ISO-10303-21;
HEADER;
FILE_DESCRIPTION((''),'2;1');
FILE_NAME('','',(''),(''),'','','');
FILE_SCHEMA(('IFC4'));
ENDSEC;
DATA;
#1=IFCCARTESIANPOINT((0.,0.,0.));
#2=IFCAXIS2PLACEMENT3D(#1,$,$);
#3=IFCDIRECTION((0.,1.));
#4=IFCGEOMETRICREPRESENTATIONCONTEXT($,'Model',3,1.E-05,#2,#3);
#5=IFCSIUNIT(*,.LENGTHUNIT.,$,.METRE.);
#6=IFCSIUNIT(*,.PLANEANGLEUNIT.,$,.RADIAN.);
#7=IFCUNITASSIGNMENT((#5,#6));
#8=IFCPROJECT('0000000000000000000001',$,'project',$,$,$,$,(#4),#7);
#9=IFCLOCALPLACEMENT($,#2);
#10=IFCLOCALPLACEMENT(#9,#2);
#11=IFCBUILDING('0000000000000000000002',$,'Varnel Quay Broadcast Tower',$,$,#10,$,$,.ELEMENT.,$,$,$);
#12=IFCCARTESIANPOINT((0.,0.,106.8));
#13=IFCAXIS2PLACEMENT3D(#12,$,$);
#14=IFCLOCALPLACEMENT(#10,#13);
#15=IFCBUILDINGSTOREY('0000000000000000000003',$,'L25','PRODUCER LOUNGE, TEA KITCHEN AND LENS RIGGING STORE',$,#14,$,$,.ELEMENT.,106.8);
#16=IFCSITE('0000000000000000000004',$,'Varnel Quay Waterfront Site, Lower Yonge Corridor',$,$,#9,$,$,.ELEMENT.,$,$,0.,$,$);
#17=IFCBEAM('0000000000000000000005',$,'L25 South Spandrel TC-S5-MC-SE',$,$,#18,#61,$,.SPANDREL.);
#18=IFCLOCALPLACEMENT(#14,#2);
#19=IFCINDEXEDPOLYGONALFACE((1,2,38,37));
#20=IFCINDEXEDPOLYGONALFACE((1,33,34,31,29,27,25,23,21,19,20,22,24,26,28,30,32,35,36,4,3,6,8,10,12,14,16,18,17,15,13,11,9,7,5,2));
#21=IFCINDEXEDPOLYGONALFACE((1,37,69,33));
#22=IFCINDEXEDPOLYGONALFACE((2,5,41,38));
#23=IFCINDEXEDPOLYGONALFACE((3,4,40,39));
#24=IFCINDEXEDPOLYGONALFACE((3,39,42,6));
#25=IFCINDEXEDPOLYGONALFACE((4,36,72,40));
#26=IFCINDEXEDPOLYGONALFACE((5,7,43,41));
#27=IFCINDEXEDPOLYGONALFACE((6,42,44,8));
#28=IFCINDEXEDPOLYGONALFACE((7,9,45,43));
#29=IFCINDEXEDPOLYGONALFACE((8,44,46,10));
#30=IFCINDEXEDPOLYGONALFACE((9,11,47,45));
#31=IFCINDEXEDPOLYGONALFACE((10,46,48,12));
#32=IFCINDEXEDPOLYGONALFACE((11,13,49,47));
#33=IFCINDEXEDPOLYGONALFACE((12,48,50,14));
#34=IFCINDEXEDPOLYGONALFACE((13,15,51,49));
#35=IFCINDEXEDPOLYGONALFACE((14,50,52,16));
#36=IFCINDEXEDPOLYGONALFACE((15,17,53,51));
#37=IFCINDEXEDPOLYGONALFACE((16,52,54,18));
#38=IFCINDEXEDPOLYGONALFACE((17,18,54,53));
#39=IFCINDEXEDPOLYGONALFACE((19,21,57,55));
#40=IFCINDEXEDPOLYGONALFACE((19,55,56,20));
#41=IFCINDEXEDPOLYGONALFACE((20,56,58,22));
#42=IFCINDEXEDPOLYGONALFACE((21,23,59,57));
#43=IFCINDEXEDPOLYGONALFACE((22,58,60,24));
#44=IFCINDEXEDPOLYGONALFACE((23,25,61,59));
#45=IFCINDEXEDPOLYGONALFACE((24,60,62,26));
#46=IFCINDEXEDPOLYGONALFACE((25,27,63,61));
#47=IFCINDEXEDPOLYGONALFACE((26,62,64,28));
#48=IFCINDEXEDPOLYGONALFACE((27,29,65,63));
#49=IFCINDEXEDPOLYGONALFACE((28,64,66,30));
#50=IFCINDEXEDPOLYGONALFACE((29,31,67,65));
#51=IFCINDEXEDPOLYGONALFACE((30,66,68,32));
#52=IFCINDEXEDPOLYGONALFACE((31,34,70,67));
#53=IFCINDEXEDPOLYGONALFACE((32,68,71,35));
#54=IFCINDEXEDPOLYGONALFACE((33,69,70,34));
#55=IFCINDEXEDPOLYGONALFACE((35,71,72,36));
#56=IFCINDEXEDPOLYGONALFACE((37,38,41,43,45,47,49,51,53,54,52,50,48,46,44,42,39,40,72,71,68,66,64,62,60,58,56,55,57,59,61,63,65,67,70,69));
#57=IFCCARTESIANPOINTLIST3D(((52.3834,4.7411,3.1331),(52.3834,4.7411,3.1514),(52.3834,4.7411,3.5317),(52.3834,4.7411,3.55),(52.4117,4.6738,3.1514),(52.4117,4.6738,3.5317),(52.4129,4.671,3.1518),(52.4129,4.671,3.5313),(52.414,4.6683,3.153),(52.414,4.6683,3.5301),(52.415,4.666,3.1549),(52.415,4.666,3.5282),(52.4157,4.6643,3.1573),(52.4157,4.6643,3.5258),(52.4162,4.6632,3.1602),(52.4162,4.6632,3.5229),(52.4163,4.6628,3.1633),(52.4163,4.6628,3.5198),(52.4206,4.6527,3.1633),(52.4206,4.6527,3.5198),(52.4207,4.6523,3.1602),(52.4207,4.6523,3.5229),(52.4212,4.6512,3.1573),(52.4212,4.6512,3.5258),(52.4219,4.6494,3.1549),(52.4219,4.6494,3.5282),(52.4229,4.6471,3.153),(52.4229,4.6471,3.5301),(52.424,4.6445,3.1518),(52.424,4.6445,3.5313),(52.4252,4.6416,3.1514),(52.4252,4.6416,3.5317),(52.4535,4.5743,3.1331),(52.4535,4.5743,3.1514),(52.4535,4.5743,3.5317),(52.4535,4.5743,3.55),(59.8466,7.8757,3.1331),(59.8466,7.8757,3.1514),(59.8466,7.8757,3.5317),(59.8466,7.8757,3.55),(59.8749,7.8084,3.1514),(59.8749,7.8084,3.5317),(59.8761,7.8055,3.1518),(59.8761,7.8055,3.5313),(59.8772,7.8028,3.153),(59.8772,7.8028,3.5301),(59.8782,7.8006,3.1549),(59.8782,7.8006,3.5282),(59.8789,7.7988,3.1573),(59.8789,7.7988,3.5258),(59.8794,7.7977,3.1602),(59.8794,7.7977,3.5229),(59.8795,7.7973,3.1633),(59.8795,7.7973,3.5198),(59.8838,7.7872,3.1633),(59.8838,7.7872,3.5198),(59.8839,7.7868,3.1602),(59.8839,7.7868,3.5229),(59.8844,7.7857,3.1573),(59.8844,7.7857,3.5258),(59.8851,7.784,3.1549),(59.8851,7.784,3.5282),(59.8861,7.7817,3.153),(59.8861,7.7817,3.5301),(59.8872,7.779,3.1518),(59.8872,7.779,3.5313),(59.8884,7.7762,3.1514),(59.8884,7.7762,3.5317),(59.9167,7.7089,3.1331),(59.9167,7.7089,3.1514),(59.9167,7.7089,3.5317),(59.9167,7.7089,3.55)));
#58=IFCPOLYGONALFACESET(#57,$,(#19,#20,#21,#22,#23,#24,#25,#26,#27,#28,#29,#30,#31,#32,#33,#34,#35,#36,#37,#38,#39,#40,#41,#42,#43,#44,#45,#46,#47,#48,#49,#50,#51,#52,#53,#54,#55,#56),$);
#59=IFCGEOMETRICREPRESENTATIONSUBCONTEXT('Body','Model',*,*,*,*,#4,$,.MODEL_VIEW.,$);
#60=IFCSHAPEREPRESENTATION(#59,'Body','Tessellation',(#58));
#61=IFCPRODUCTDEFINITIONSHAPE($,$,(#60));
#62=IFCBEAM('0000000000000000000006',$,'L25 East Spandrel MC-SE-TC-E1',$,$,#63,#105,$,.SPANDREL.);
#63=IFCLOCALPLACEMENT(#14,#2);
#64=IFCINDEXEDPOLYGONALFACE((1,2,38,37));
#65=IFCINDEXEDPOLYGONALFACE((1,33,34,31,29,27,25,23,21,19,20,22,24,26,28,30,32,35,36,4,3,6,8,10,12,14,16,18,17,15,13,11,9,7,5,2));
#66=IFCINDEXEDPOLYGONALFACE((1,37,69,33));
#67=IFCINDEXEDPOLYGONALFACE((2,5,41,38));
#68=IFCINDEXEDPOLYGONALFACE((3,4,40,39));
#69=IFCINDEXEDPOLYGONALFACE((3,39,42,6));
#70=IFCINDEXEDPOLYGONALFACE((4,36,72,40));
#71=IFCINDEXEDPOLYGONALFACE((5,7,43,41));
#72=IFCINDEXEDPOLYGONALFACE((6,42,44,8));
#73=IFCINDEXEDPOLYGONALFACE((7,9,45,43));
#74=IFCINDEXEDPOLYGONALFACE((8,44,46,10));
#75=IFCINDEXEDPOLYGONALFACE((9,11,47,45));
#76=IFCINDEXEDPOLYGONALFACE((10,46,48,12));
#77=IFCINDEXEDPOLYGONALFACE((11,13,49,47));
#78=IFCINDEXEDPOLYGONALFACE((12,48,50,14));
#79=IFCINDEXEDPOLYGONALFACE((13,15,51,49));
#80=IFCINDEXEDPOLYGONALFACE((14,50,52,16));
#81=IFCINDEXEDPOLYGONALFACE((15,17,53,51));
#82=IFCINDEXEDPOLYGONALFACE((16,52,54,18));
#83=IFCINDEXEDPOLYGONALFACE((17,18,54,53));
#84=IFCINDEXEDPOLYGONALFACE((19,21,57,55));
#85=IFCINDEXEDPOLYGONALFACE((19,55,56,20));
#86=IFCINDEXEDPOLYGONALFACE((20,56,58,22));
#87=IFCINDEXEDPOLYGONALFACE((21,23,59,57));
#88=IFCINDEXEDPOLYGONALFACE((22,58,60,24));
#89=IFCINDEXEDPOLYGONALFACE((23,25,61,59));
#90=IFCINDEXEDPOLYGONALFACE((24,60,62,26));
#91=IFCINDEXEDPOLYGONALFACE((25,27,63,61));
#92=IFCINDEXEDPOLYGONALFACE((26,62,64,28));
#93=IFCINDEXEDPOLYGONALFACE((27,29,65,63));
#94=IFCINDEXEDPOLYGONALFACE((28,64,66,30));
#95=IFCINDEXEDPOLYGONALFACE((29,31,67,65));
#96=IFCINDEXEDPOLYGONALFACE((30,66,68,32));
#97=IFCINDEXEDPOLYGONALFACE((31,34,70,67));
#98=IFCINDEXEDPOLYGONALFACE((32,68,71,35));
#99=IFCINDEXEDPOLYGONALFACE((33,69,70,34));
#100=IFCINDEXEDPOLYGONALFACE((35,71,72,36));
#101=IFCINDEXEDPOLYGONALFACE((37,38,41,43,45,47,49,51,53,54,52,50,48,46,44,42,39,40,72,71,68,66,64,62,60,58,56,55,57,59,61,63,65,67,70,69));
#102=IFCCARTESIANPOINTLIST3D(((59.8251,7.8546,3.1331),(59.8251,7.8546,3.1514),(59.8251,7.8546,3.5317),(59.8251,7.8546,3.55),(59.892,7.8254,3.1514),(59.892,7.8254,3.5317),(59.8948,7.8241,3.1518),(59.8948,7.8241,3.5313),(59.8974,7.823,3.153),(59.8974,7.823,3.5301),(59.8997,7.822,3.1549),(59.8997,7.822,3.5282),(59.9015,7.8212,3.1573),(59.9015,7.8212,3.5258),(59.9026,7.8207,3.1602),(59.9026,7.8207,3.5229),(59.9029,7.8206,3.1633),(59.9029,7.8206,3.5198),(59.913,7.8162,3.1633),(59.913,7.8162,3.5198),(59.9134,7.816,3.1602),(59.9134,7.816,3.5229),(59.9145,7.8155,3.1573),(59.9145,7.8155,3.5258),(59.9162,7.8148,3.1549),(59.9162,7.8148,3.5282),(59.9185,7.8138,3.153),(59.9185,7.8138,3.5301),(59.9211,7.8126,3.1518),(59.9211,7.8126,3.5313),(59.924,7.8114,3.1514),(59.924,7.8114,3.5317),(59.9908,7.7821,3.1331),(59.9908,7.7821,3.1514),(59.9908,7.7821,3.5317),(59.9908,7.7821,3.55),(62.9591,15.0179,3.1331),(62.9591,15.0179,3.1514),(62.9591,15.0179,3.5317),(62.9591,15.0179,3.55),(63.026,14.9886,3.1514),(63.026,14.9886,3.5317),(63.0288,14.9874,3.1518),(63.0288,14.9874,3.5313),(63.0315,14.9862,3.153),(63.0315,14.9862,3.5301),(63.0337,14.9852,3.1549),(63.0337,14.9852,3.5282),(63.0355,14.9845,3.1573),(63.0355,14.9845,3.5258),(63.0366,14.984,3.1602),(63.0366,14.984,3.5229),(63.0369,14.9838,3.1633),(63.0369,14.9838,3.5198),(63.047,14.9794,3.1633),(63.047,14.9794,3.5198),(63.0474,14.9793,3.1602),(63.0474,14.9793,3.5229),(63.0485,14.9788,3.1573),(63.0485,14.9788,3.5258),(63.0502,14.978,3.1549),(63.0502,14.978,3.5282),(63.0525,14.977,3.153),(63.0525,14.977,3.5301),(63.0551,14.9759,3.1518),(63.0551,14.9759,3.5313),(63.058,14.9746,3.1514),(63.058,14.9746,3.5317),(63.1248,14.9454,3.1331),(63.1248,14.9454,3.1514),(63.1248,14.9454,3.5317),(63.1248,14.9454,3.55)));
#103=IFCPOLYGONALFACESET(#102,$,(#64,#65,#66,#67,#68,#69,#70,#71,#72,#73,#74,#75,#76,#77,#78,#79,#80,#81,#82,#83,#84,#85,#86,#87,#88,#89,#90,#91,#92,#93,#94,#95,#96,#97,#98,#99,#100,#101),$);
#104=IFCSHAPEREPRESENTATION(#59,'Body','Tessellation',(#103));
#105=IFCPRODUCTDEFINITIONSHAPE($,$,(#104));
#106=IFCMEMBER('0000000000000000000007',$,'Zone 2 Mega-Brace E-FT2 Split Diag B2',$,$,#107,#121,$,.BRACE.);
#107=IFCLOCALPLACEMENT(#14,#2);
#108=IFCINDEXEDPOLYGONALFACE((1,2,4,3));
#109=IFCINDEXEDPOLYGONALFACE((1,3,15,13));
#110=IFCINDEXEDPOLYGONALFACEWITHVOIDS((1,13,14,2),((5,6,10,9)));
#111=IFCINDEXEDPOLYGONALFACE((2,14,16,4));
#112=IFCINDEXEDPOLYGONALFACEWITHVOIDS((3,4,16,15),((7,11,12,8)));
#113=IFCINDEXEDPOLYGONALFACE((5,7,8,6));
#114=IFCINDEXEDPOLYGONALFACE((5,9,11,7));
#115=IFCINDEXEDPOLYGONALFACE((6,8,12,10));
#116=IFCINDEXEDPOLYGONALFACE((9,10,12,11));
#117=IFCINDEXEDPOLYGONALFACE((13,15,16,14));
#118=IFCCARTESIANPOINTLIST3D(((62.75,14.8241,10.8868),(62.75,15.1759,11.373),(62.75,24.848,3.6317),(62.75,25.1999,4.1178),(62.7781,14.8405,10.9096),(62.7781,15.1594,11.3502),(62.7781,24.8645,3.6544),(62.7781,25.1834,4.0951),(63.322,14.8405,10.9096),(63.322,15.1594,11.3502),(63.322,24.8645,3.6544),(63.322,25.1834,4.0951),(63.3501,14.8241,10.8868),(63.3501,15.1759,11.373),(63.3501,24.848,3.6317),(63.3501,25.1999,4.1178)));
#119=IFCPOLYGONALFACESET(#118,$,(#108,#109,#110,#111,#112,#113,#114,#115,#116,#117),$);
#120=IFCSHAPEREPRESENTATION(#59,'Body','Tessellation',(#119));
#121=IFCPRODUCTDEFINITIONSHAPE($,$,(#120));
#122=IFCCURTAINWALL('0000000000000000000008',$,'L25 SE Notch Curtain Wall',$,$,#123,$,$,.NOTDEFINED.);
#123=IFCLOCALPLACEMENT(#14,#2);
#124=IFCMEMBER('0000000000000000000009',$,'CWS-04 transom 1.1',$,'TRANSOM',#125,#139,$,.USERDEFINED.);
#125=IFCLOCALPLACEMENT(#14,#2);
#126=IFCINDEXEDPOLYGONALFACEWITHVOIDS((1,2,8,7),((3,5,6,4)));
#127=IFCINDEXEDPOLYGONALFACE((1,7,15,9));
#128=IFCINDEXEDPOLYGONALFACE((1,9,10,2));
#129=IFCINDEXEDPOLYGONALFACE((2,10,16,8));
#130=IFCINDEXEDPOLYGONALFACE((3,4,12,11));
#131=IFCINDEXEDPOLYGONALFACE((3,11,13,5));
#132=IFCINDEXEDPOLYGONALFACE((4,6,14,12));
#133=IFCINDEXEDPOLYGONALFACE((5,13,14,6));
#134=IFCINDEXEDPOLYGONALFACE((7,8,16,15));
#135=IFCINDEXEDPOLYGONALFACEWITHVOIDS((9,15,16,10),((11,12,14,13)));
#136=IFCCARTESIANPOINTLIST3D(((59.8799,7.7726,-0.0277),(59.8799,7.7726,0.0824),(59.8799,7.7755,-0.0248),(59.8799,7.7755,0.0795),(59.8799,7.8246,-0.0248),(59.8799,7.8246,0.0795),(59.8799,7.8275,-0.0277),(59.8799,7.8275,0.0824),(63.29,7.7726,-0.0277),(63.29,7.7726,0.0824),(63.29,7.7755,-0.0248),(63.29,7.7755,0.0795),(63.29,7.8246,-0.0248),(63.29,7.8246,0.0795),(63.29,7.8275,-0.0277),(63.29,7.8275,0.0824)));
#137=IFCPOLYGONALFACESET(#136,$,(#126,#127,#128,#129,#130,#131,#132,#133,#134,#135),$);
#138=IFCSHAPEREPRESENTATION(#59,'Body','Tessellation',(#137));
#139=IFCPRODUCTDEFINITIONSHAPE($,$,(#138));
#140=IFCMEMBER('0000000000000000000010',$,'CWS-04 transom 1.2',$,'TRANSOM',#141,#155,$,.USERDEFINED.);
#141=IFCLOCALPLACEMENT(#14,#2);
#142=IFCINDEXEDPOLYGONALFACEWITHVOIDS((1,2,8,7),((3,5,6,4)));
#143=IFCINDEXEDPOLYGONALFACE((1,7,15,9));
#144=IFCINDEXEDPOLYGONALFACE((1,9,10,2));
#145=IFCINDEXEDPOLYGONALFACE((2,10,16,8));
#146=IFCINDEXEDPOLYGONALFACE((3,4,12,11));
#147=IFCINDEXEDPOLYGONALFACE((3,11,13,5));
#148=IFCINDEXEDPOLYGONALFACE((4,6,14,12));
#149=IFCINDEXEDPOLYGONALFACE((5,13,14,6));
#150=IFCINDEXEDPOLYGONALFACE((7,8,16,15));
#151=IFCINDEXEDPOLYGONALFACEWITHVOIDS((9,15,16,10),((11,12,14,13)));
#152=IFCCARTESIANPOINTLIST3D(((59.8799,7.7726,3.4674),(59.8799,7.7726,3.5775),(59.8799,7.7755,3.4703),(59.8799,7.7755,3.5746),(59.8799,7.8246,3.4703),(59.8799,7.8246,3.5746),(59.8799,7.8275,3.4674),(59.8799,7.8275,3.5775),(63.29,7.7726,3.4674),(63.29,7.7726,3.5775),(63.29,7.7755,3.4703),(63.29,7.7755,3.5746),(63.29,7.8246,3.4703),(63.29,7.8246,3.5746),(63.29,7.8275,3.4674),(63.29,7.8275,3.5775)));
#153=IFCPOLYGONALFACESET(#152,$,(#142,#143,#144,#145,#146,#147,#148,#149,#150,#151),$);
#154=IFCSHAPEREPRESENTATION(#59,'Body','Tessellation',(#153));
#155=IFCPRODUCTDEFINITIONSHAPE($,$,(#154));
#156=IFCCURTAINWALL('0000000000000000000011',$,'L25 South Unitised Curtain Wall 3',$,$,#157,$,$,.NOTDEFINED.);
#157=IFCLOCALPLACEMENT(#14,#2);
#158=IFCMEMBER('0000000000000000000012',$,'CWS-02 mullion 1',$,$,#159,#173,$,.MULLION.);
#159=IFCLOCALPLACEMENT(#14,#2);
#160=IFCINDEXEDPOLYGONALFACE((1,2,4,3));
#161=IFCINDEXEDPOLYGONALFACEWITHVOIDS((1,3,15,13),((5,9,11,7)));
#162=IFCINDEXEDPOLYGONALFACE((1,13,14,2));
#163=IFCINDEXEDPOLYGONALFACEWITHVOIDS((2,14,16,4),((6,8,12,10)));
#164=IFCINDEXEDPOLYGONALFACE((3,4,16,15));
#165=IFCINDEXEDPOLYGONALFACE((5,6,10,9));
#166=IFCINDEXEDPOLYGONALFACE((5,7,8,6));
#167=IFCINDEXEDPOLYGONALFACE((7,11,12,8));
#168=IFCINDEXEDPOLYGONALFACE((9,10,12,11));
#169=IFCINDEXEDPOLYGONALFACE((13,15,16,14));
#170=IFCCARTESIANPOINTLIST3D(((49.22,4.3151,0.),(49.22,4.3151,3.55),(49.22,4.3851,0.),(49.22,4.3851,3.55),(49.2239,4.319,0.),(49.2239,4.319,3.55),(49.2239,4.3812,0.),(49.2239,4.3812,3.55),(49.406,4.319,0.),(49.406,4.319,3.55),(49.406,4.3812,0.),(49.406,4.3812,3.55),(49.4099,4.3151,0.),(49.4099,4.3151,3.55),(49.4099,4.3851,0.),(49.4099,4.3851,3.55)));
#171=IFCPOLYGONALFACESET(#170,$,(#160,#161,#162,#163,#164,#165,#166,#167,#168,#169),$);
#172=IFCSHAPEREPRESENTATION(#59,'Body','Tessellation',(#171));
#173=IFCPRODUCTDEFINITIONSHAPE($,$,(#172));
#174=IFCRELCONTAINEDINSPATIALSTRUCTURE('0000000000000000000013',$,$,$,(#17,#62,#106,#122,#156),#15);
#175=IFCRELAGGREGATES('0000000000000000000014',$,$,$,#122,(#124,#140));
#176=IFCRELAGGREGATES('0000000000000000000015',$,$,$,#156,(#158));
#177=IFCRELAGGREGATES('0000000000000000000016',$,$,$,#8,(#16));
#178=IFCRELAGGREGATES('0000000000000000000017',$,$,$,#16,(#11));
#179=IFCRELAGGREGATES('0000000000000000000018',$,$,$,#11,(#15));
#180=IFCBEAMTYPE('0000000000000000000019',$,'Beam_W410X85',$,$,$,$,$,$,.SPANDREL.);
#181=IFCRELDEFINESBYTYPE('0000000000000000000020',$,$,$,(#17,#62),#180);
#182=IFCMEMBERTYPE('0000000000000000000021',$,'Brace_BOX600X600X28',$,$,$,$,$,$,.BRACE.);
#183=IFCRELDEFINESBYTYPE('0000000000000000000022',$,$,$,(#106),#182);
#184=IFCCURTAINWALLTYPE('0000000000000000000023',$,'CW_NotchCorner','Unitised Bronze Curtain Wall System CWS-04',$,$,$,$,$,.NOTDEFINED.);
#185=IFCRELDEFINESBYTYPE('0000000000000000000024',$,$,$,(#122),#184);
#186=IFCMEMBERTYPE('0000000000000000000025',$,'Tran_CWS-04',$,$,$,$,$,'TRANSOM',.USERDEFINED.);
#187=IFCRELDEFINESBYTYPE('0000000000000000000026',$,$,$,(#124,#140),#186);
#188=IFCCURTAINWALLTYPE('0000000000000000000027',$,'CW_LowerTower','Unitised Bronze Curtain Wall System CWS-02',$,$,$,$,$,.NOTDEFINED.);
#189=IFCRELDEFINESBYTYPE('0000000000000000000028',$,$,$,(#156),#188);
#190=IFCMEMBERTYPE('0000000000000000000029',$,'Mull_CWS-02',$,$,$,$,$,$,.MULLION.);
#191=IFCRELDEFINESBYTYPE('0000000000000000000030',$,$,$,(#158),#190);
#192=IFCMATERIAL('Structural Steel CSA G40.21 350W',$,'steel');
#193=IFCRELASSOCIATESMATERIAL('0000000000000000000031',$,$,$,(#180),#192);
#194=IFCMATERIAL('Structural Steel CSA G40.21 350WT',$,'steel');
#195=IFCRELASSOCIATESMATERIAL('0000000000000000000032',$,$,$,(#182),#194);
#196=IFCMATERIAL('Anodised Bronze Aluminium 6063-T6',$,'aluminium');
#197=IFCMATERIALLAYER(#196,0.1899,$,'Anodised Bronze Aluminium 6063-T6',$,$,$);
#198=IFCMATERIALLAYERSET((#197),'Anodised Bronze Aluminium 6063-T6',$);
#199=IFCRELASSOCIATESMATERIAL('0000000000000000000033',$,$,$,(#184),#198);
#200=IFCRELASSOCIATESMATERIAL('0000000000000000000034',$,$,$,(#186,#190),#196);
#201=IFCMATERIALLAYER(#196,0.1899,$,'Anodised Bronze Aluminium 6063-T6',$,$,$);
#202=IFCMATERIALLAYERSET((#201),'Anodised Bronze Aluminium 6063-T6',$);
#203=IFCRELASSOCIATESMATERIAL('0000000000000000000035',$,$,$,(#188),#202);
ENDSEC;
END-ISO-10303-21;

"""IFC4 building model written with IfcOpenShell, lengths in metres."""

from ifc_helpers import new_model, si_unit, direction, frame, origin, origin_2d, place, context, subcontext, project, spatial, hollow_rectangle, i_section, extrude, source, transform, mapped, material, layer, layer_set, material_profile, profile_set, type_object, type_shapes, element, aggregate, save


model = new_model("IFC4")

# Units and contexts
model_context = context("Model", 3, precision=1e-05, world=origin(), true_north=direction((0.0, 1.0)))
body_context = subcontext(model_context, "Body", "Model", "MODEL_VIEW")
ifc_project = project(units=[si_unit("LENGTHUNIT", "METRE"), si_unit("PLANEANGLEUNIT", "RADIAN")], contexts=[model_context])

# Site, building, storey
site_placement = place(None, origin())
site = spatial("IfcSite", under=ifc_project, at=site_placement, Name="Varnel Quay Waterfront Site, Lower Yonge Corridor", CompositionType="ELEMENT", RefElevation=0.0)
building_placement = place(site_placement, origin())
building = spatial("IfcBuilding", under=site, at=building_placement, Name="Varnel Quay Broadcast Tower", CompositionType="ELEMENT")
storey_placement = place(building_placement, frame((0.0, 0.0, 106.8)))
storey = spatial("IfcBuildingStorey", under=building, at=storey_placement, Name="L25", Description="PRODUCER LOUNGE, TEA KITCHEN AND LENS RIGGING STORE", CompositionType="ELEMENT", Elevation=106.8)

# Shared definitions
ifc_material_1 = material(Name="Structural Steel CSA G40.21 350WT", Category="steel")
ifc_material_2 = material(Name="Structural Steel CSA G40.21 350W", Category="steel")

# Beams
ifc_material_profile_1 = material_profile(ifc_material_2, i_section(OverallWidth=0.1809, OverallDepth=0.417, WebThickness=0.011, FlangeThickness=0.0183, FilletRadius=0.012, at=origin_2d()), Name="W410X85")
ifc_profile_set_1 = profile_set([ifc_material_profile_1], Name="Structural Steel CSA G40.21 350W")
beam_type = type_object("IfcBeamType", Name="Beam_W410X85", PredefinedType="SPANDREL", material=ifc_profile_set_1)
shared_shape_1 = source(origin(), body_context, "Body", "SweptSolid", [
    extrude(i_section(OverallWidth=0.1809, OverallDepth=0.417, WebThickness=0.011, FlangeThickness=0.0183, FilletRadius=0.012, at=origin_2d()), origin(), (0.0, 0.0, 1.0), 8.0947),
])
beam_1_placement = place(storey_placement, frame((52.4185, 4.6577, 3.3416), z_axis=(0.921982, 0.387233, 0.0), x_axis=(-0.387233, 0.921982, 0.0)))
element("IfcBeam", 1, at=beam_1_placement, inside=storey, type_object=beam_type, Name="L25 South Spandrel TC-S5-MC-SE", PredefinedType="SPANDREL", context=body_context, shape_type="MappedRepresentation", body=[
    mapped(shared_shape_1, transform((0.0, 0.0, 0.0), x_axis=(1.0, 0.0, 0.0), y_axis=(0.0, 1.0, 0.0), z_axis=(0.0, 0.0, 1.0), scale=1.0)),
])
shared_shape_2 = source(origin(), body_context, "Body", "SweptSolid", [
    extrude(i_section(OverallWidth=0.1809, OverallDepth=0.417, WebThickness=0.011, FlangeThickness=0.0183, FilletRadius=0.012, at=origin_2d()), origin(), (0.0, 0.0, 1.0), 7.8188),
])
beam_2_placement = place(storey_placement, frame((59.908, 7.8184, 3.3416), z_axis=(0.400827, 0.916154, 0.0), x_axis=(-0.916154, 0.400827, 0.0)))
element("IfcBeam", 2, at=beam_2_placement, inside=storey, type_object=beam_type, Name="L25 East Spandrel MC-SE-TC-E1", PredefinedType="SPANDREL", context=body_context, shape_type="MappedRepresentation", body=[
    mapped(shared_shape_2, transform((0.0, 0.0, 0.0), x_axis=(1.0, 0.0, 0.0), y_axis=(0.0, 1.0, 0.0), z_axis=(0.0, 0.0, 1.0), scale=1.0)),
])

# Member
ifc_material_profile_2 = material_profile(ifc_material_1, hollow_rectangle(XDim=0.6001, YDim=0.6001, WallThickness=0.0281, at=origin_2d()), Name="BOX600X600X28")
ifc_profile_set_2 = profile_set([ifc_material_profile_2], Name="Structural Steel CSA G40.21 350WT")
member_type_1 = type_object("IfcMemberType", Name="Brace_BOX600X600X28", PredefinedType="BRACE", material=ifc_profile_set_2)
shared_shape_3 = source(origin(), body_context, "Body", "SweptSolid", [
    extrude(hollow_rectangle(XDim=0.6001, YDim=0.6001, WallThickness=0.0281, at=origin_2d()), origin(), (0.0, 0.0, 1.0), 12.374),
])
type_shapes(member_type_1, [shared_shape_3])
member_1_placement = place(storey_placement, frame((63.05, 25.0239, 3.8748), z_axis=(0.0, -0.810079, 0.58632), x_axis=(1.0, 0.0, 0.0)))
element("IfcMember", 3, at=member_1_placement, inside=storey, type_object=member_type_1, Name="Zone 2 Mega-Brace E-FT2 Split Diag B2", PredefinedType="BRACE", context=body_context, shape_type="MappedRepresentation", body=[
    mapped(shared_shape_3, transform((0.0, 0.0, 0.0), x_axis=(1.0, 0.0, 0.0), y_axis=(0.0, 1.0, 0.0), z_axis=(0.0, 0.0, 1.0), scale=1.0)),
])

# Curtain walls, members
ifc_material_3 = material(Name="Anodised Bronze Aluminium 6063-T6", Category="aluminium")
ifc_layer_1 = layer(ifc_material_3, 0.1899, Name="Anodised Bronze Aluminium 6063-T6")
ifc_layer_set_1 = layer_set([ifc_layer_1], Name="Anodised Bronze Aluminium 6063-T6")
curtain_wall_type_1 = type_object("IfcCurtainWallType", Name="CW_NotchCorner", Description="Unitised Bronze Curtain Wall System CWS-04", PredefinedType="NOTDEFINED", material=ifc_layer_set_1)
curtain_wall_1_placement = place(storey_placement, origin())
curtain_wall_1 = element("IfcCurtainWall", 4, at=curtain_wall_1_placement, inside=storey, type_object=curtain_wall_type_1, Name="L25 SE Notch Curtain Wall", PredefinedType="NOTDEFINED")
ifc_material_profile_3 = material_profile(ifc_material_3, hollow_rectangle(XDim=0.0549, YDim=0.1101, WallThickness=0.0029, at=origin_2d()), Name="ALU55X110X3")
ifc_profile_set_3 = profile_set([ifc_material_profile_3], Name="Anodised Bronze Aluminium 6063-T6")
member_type_2 = type_object("IfcMemberType", Name="Tran_CWS-04", ElementType="TRANSOM", PredefinedType="USERDEFINED", material=ifc_profile_set_3)
shared_shape_4 = source(origin(), body_context, "Body", "SweptSolid", [
    extrude(hollow_rectangle(XDim=0.0549, YDim=0.1101, WallThickness=0.0029, at=origin_2d()), origin(), (0.0, 0.0, 1.0), 3.4102),
])
type_shapes(member_type_2, [shared_shape_4])
member_2_placement = place(storey_placement, frame((59.8799, 7.8, 0.0273), z_axis=(1.0, 0.0, 0.0), x_axis=(0.0, 1.0, 0.0)))
member_2 = element("IfcMember", 5, at=member_2_placement, type_object=member_type_2, Name="CWS-04 transom 1.1", ObjectType="TRANSOM", PredefinedType="USERDEFINED", context=body_context, shape_type="MappedRepresentation", body=[
    mapped(shared_shape_4, transform((0.0, 0.0, 0.0), x_axis=(1.0, 0.0, 0.0), y_axis=(0.0, 1.0, 0.0), z_axis=(0.0, 0.0, 1.0), scale=1.0)),
])
member_3_placement = place(storey_placement, frame((59.8799, 7.8, 3.5225), z_axis=(1.0, 0.0, 0.0), x_axis=(0.0, 1.0, 0.0)))
member_3 = element("IfcMember", 6, at=member_3_placement, type_object=member_type_2, Name="CWS-04 transom 1.2", ObjectType="TRANSOM", PredefinedType="USERDEFINED", context=body_context, shape_type="MappedRepresentation", body=[
    mapped(shared_shape_4, transform((0.0, 0.0, 0.0), x_axis=(1.0, 0.0, 0.0), y_axis=(0.0, 1.0, 0.0), z_axis=(0.0, 0.0, 1.0), scale=1.0)),
])
ifc_layer_2 = layer(ifc_material_3, 0.1899, Name="Anodised Bronze Aluminium 6063-T6")
ifc_layer_set_2 = layer_set([ifc_layer_2], Name="Anodised Bronze Aluminium 6063-T6")
curtain_wall_type_2 = type_object("IfcCurtainWallType", Name="CW_LowerTower", Description="Unitised Bronze Curtain Wall System CWS-02", PredefinedType="NOTDEFINED", material=ifc_layer_set_2)
curtain_wall_2_placement = place(storey_placement, origin())
curtain_wall_2 = element("IfcCurtainWall", 7, at=curtain_wall_2_placement, inside=storey, type_object=curtain_wall_type_2, Name="L25 South Unitised Curtain Wall 3", PredefinedType="NOTDEFINED")
ifc_material_profile_4 = material_profile(ifc_material_3, hollow_rectangle(XDim=0.0701, YDim=0.1899, WallThickness=0.0039, at=origin_2d()), Name="ALU70X190X4")
ifc_profile_set_4 = profile_set([ifc_material_profile_4], Name="Anodised Bronze Aluminium 6063-T6")
member_type_3 = type_object("IfcMemberType", Name="Mull_CWS-02", PredefinedType="MULLION", material=ifc_profile_set_4)
shared_shape_5 = source(origin(), body_context, "Body", "SweptSolid", [
    extrude(hollow_rectangle(XDim=0.0701, YDim=0.1899, WallThickness=0.0039, at=origin_2d()), origin(), (0.0, 0.0, 1.0), 3.55),
])
type_shapes(member_type_3, [shared_shape_5])
member_4_placement = place(storey_placement, frame((49.3149, 4.3501, 0.0), z_axis=(0.0, 0.0, 1.0), x_axis=(0.0, 1.0, 0.0)))
member_4 = element("IfcMember", 8, at=member_4_placement, type_object=member_type_3, Name="CWS-02 mullion 1", PredefinedType="MULLION", context=body_context, shape_type="MappedRepresentation", body=[
    mapped(shared_shape_5, transform((0.0, 0.0, 0.0), x_axis=(1.0, 0.0, 0.0), y_axis=(0.0, 1.0, 0.0), z_axis=(0.0, 0.0, 1.0), scale=1.0)),
])

aggregate(curtain_wall_1, [member_2, member_3])
aggregate(curtain_wall_2, [member_4])

save(model, "model.ifc")
